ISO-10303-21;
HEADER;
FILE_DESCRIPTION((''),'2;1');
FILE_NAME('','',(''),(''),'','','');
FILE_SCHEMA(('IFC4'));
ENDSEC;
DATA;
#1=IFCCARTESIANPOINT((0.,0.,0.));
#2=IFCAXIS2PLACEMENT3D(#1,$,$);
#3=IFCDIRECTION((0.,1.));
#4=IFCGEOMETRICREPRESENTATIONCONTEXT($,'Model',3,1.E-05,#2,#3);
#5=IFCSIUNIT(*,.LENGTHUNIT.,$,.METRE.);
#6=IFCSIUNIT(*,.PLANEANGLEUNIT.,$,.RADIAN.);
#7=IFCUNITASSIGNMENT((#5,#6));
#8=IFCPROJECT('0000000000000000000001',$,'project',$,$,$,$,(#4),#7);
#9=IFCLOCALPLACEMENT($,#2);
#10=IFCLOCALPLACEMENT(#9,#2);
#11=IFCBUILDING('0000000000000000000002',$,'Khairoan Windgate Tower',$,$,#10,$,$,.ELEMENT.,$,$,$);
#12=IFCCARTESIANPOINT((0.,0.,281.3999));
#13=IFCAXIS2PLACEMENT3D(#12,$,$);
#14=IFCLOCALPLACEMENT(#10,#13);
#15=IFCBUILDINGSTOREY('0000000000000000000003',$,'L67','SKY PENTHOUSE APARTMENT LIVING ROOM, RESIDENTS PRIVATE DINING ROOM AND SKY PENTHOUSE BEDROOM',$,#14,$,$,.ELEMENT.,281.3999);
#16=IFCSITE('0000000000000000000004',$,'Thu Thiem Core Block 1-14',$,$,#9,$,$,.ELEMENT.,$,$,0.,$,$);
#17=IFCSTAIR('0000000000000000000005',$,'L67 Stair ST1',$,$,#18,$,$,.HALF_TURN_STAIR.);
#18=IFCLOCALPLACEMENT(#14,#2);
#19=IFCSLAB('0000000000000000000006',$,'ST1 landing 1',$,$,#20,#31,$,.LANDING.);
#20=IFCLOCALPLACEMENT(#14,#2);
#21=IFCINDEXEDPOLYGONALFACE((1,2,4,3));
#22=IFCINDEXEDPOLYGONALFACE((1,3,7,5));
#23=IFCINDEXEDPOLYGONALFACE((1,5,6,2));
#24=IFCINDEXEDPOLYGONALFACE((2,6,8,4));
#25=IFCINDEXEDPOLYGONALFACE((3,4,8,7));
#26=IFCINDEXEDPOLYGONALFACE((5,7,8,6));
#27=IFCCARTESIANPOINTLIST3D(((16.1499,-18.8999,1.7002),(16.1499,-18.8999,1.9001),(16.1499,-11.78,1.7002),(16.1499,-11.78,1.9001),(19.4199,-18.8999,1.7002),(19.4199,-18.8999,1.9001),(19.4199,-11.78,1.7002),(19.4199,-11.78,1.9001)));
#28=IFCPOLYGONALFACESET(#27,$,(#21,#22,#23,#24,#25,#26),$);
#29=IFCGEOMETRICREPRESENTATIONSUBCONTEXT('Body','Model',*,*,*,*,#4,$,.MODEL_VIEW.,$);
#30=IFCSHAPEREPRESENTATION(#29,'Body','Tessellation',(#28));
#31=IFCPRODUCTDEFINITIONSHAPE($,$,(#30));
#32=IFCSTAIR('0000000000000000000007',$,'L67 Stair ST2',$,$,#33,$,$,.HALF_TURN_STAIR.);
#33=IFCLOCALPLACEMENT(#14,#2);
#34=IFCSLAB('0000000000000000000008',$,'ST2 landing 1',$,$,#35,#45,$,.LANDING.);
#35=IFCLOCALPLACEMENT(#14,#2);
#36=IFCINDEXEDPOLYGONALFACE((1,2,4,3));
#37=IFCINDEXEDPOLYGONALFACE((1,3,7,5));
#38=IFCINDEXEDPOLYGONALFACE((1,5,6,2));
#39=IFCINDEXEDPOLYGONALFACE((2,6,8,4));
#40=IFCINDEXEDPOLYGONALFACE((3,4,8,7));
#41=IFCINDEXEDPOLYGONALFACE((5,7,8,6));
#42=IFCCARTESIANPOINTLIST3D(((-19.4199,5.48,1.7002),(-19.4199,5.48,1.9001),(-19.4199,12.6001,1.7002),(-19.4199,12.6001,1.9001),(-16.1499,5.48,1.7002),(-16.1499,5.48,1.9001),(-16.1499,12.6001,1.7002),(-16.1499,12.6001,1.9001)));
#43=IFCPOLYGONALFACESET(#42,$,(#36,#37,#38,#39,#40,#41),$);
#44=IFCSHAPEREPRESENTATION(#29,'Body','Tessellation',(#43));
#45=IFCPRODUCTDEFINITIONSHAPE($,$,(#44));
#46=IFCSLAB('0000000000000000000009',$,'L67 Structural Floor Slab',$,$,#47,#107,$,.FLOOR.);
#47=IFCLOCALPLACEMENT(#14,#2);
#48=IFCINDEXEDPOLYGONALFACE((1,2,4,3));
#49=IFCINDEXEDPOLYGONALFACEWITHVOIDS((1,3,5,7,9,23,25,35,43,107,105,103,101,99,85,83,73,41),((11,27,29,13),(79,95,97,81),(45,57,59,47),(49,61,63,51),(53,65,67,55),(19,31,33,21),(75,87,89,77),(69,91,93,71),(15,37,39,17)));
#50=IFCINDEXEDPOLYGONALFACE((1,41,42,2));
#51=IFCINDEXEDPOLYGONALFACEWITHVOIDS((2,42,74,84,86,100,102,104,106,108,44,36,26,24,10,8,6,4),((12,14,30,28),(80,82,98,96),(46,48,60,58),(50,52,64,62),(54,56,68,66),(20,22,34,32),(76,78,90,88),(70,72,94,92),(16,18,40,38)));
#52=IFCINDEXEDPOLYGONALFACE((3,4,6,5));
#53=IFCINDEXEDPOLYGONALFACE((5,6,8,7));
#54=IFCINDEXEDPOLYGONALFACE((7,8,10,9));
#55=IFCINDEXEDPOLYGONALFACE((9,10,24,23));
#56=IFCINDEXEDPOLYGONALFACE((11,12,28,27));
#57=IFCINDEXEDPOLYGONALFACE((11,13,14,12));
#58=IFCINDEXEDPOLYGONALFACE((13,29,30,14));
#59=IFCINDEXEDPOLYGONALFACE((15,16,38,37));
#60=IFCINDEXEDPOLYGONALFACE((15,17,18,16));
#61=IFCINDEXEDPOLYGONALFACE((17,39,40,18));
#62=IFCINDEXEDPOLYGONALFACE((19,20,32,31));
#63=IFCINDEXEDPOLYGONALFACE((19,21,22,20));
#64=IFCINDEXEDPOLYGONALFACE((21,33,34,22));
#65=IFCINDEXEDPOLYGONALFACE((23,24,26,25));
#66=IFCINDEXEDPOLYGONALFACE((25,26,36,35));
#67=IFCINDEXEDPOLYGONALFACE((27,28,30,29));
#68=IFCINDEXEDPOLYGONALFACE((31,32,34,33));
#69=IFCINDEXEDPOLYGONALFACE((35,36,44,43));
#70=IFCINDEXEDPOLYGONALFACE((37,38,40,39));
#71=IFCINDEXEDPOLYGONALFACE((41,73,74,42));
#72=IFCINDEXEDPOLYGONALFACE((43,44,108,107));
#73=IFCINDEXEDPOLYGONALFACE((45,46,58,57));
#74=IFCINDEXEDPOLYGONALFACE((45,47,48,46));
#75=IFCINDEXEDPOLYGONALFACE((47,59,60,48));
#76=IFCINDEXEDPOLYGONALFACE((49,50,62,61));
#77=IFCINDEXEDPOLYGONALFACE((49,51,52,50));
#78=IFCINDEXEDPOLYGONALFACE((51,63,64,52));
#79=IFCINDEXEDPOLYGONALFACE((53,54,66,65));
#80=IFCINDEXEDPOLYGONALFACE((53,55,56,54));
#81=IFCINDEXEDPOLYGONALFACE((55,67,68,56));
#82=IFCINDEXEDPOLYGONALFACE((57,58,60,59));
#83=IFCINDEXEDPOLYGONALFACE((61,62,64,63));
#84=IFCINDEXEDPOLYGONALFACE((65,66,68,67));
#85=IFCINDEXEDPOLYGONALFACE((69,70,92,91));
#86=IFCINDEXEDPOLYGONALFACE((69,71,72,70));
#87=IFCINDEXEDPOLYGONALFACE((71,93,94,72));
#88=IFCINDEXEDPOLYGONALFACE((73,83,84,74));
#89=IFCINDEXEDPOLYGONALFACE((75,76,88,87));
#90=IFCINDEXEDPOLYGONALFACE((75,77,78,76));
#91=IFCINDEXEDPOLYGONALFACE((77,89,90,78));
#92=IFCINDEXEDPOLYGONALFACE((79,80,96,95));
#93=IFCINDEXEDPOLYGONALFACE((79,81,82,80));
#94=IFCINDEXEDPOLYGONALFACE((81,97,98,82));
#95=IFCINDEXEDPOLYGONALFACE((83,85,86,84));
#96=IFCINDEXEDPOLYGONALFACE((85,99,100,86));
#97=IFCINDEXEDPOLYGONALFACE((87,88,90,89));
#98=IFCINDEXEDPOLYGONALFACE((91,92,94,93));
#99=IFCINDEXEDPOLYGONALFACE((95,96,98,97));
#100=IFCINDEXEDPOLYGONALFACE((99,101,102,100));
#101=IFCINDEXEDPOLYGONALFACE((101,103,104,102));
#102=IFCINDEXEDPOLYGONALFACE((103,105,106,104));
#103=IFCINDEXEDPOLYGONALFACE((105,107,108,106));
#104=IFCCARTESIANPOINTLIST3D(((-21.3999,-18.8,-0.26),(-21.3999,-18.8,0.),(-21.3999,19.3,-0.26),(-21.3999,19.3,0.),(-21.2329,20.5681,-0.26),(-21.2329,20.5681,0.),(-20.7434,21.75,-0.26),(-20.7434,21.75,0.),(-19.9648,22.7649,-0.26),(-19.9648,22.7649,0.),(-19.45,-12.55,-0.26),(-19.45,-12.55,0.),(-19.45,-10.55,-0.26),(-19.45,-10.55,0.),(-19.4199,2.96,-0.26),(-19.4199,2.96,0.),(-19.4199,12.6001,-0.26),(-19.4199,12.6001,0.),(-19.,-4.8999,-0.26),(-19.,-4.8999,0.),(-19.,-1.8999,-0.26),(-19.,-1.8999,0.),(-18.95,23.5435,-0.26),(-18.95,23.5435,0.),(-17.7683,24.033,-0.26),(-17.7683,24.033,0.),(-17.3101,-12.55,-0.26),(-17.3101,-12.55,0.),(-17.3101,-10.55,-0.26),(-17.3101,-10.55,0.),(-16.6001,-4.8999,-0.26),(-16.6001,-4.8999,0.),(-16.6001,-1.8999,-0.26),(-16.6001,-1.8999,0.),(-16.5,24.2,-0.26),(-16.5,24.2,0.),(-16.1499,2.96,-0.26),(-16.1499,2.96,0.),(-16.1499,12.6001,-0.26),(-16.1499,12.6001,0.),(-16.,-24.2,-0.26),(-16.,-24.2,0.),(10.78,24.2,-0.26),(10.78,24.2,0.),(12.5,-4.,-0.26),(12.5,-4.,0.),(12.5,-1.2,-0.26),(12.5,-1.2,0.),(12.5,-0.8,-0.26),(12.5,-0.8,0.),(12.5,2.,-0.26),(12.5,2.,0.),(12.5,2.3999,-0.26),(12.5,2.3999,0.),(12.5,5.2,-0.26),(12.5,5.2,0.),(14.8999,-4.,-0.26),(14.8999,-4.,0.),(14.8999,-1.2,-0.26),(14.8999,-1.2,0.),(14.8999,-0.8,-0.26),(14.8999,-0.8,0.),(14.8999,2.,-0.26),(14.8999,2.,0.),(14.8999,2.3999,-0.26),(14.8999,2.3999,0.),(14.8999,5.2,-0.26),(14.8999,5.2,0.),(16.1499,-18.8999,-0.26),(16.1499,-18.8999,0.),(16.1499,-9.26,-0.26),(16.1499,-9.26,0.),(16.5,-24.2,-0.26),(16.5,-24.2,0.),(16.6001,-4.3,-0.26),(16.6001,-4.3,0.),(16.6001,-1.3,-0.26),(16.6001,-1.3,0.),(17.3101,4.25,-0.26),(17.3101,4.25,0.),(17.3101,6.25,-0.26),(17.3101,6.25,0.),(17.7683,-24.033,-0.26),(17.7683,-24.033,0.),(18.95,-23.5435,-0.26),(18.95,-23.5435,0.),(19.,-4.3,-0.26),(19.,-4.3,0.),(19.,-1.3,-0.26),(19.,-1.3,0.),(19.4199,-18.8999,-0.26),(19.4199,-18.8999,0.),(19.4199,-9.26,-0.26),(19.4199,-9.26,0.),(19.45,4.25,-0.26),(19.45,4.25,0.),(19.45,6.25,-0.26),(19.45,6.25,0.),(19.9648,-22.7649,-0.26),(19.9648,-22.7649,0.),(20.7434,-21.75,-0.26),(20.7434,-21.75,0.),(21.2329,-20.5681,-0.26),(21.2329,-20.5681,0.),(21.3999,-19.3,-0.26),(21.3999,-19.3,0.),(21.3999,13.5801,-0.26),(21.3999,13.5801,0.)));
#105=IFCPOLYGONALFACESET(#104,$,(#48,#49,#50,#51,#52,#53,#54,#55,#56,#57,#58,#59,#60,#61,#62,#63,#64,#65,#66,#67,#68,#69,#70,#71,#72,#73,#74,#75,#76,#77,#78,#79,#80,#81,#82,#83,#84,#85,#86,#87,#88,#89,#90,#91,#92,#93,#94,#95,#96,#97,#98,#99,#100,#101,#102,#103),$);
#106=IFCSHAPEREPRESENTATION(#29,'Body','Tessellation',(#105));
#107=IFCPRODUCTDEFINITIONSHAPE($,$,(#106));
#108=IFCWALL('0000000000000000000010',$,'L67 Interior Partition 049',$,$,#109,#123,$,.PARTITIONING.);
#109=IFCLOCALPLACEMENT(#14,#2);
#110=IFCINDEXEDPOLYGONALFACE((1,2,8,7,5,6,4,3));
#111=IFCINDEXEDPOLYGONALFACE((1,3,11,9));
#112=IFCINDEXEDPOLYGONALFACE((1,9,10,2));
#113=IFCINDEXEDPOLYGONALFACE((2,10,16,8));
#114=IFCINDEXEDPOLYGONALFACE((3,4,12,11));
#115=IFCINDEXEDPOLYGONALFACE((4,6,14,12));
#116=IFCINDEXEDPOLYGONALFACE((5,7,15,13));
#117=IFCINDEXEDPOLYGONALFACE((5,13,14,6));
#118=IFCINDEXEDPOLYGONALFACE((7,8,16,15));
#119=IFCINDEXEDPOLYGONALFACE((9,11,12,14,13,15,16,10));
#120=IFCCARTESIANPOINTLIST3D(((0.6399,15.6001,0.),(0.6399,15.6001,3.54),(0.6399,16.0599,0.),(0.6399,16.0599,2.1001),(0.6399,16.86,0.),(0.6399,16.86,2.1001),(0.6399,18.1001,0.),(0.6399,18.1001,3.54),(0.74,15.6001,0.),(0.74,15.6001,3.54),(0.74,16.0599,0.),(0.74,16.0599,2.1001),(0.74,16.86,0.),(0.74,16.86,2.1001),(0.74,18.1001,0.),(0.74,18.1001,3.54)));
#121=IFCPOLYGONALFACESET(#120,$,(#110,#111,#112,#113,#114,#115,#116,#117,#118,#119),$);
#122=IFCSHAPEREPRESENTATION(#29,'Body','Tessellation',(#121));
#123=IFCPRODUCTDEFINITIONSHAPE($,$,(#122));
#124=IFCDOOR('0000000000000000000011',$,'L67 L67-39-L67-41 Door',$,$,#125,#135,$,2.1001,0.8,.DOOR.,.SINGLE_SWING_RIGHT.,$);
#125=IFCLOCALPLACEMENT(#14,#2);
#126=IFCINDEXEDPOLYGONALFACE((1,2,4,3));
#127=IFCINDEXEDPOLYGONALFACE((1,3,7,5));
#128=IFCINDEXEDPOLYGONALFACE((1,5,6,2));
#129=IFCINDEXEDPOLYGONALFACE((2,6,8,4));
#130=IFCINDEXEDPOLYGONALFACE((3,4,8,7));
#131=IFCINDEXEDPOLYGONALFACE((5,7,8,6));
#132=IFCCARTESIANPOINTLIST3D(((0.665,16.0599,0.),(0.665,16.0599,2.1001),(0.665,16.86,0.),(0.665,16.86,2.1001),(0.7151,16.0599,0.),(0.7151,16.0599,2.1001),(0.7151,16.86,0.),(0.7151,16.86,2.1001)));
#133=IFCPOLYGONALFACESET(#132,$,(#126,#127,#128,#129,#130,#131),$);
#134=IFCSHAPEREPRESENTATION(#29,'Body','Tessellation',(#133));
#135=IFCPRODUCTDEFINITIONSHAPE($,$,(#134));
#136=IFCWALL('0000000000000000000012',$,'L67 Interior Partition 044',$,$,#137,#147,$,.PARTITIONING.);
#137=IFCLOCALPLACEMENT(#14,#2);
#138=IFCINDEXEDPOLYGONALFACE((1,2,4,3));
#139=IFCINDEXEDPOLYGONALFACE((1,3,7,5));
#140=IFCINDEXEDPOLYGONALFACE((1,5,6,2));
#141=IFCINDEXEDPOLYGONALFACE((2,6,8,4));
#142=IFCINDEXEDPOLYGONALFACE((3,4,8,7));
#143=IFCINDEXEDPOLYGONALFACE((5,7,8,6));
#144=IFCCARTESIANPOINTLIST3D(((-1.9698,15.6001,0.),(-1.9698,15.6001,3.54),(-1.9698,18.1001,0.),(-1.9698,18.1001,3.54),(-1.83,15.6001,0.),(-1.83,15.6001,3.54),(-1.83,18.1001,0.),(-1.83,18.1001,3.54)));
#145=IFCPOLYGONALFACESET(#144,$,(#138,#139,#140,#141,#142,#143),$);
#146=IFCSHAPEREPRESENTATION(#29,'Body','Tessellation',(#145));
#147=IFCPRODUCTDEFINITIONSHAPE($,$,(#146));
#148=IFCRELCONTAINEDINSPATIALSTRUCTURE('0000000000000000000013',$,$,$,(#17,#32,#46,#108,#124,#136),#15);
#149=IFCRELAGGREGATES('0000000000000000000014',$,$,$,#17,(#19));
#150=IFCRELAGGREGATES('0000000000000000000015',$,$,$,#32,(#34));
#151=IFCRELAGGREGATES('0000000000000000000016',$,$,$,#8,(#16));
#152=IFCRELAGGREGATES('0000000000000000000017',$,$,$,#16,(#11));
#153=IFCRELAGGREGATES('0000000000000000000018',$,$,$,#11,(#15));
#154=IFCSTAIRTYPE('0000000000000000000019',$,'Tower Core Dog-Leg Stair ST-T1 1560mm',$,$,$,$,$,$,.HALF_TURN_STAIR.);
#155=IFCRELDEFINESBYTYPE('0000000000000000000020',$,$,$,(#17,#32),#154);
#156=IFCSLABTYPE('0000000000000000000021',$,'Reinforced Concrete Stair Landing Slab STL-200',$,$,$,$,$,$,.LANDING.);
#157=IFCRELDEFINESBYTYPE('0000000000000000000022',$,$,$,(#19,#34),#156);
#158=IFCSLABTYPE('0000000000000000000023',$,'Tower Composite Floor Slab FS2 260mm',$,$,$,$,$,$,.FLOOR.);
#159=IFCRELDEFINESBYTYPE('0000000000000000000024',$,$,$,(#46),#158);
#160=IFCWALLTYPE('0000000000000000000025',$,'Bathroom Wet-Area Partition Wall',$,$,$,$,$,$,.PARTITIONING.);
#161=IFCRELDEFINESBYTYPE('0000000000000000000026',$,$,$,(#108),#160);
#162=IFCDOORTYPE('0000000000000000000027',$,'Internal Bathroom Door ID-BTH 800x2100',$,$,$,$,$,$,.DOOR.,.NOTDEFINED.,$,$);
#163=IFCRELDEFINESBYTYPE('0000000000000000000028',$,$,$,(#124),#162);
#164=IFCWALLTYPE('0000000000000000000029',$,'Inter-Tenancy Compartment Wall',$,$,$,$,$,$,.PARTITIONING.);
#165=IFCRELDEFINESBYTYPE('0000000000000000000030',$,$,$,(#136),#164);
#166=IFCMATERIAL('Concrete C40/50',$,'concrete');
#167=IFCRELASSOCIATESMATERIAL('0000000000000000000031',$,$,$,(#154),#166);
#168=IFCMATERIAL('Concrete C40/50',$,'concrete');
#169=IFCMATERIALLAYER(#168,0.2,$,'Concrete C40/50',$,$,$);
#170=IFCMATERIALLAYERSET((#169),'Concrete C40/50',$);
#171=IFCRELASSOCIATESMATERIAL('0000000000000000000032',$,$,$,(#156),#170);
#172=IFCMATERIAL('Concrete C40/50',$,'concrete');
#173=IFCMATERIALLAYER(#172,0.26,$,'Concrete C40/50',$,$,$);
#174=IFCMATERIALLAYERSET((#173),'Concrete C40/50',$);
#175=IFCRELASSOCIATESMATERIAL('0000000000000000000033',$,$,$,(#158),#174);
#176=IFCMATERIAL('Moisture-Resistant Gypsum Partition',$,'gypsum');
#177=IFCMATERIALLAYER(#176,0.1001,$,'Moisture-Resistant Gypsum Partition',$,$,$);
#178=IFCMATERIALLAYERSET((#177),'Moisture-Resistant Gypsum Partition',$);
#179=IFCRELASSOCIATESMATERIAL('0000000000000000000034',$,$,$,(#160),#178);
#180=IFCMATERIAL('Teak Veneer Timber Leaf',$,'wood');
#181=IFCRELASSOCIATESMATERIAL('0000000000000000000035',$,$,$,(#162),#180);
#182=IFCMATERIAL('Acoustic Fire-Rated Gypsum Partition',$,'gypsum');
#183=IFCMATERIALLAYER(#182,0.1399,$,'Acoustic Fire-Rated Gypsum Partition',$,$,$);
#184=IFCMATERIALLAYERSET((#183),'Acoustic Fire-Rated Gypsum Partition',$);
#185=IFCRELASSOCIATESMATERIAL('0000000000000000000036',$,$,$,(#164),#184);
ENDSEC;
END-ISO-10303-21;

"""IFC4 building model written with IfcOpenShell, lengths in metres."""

from ifc_helpers import new_model, si_unit, direction, frame, frame_2d, origin, place, context, subcontext, project, spatial, polyline, rectangle, outline, extrude, material, layer, layer_set, type_object, element, fill, aggregate, save


model = new_model("IFC4")

# Units and contexts
model_context = context("Model", 3, precision=1e-05, world=origin(), true_north=direction((0.0, 1.0)))
body_context = subcontext(model_context, "Body", "Model", "MODEL_VIEW")
ifc_project = project(units=[si_unit("LENGTHUNIT", "METRE"), si_unit("PLANEANGLEUNIT", "RADIAN")], contexts=[model_context])

# Site, building, storey
site_placement = place(None, origin())
site = spatial("IfcSite", under=ifc_project, at=site_placement, Name="Thu Thiem Core Block 1-14", CompositionType="ELEMENT", RefElevation=0.0)
building_placement = place(site_placement, origin())
building = spatial("IfcBuilding", under=site, at=building_placement, Name="Khairoan Windgate Tower", CompositionType="ELEMENT")
storey_placement = place(building_placement, frame((0.0, 0.0, 281.3999)))
storey = spatial("IfcBuildingStorey", under=building, at=storey_placement, Name="L67", Description="SKY PENTHOUSE APARTMENT LIVING ROOM, RESIDENTS PRIVATE DINING ROOM AND SKY PENTHOUSE BEDROOM", CompositionType="ELEMENT", Elevation=281.3999)

# Stairs, slabs
ifc_material_1 = material(Name="Concrete C40/50", Category="concrete")
stair_type = type_object("IfcStairType", Name="Tower Core Dog-Leg Stair ST-T1 1560mm", PredefinedType="HALF_TURN_STAIR", material=ifc_material_1)
stair_1_placement = place(storey_placement, origin())
stair_1 = element("IfcStair", 1, at=stair_1_placement, inside=storey, type_object=stair_type, Name="L67 Stair ST1", PredefinedType="HALF_TURN_STAIR")
ifc_material_2 = material(Name="Concrete C40/50", Category="concrete")
ifc_layer_1 = layer(ifc_material_2, 0.2, Name="Concrete C40/50")
ifc_layer_set_1 = layer_set([ifc_layer_1], Name="Concrete C40/50")
slab_type_1 = type_object("IfcSlabType", Name="Reinforced Concrete Stair Landing Slab STL-200", PredefinedType="LANDING", material=ifc_layer_set_1)
slab_1_placement = place(storey_placement, frame((0.0, 0.0, 1.7002)))
slab_1 = element("IfcSlab", 2, at=slab_1_placement, type_object=slab_type_1, Name="ST1 landing 1", PredefinedType="LANDING", context=body_context, shape_type="SweptSolid", body=[
    extrude(outline(polyline([(16.1499, -11.78), (16.1499, -18.8999), (19.4199, -18.8999), (19.4199, -11.78), (16.1499, -11.78)])), origin(), (0.0, 0.0, 1.0), 0.2),
])
aggregate(stair_1, [slab_1])
stair_2_placement = place(storey_placement, origin())
stair_2 = element("IfcStair", 3, at=stair_2_placement, inside=storey, type_object=stair_type, Name="L67 Stair ST2", PredefinedType="HALF_TURN_STAIR")
slab_2_placement = place(storey_placement, frame((0.0, 0.0, 1.7002)))
slab_2 = element("IfcSlab", 4, at=slab_2_placement, type_object=slab_type_1, Name="ST2 landing 1", PredefinedType="LANDING", context=body_context, shape_type="SweptSolid", body=[
    extrude(outline(polyline([(-16.1499, 5.48), (-16.1499, 12.6001), (-19.4199, 12.6001), (-19.4199, 5.48), (-16.1499, 5.48)])), origin(), (0.0, 0.0, 1.0), 0.2),
])
aggregate(stair_2, [slab_2])

# Slab
ifc_material_3 = material(Name="Concrete C40/50", Category="concrete")
ifc_layer_2 = layer(ifc_material_3, 0.26, Name="Concrete C40/50")
ifc_layer_set_2 = layer_set([ifc_layer_2], Name="Concrete C40/50")
slab_type_2 = type_object("IfcSlabType", Name="Tower Composite Floor Slab FS2 260mm", PredefinedType="FLOOR", material=ifc_layer_set_2)
slab_3_placement = place(storey_placement, frame((0.0, 0.0, -0.26)))
element("IfcSlab", 5, at=slab_3_placement, inside=storey, type_object=slab_type_2, Name="L67 Structural Floor Slab", PredefinedType="FLOOR", context=body_context, shape_type="SweptSolid", body=[
    extrude(outline(polyline([(16.5, -24.2), (17.7683, -24.033), (18.95, -23.5435), (19.9648, -22.7649), (20.7434, -21.75), (21.2329, -20.5681), (21.3999, -19.3), (21.3999, 13.5801), (10.78, 24.2), (-16.5, 24.2), (-17.7683, 24.033), (-18.95, 23.5435), (-19.9648, 22.7649), (-20.7434, 21.75), (-21.2329, 20.5681), (-21.3999, 19.3), (-21.3999, -18.8), (-16.0, -24.2), (16.5, -24.2)]), holes=[polyline([(16.1499, -9.26), (16.1499, -18.8999), (19.4199, -18.8999), (19.4199, -9.26), (16.1499, -9.26)]), polyline([(-16.1499, 2.96), (-16.1499, 12.6001), (-19.4199, 12.6001), (-19.4199, 2.96), (-16.1499, 2.96)]), polyline([(12.5, 2.3999), (14.8999, 2.3999), (14.8999, 5.2), (12.5, 5.2), (12.5, 2.3999)]), polyline([(12.5, -0.8), (14.8999, -0.8), (14.8999, 2.0), (12.5, 2.0), (12.5, -0.8)]), polyline([(12.5, -4.0), (14.8999, -4.0), (14.8999, -1.2), (12.5, -1.2), (12.5, -4.0)]), polyline([(16.6001, -4.3), (19.0, -4.3), (19.0, -1.3), (16.6001, -1.3), (16.6001, -4.3)]), polyline([(-19.0, -4.8999), (-16.6001, -4.8999), (-16.6001, -1.8999), (-19.0, -1.8999), (-19.0, -4.8999)]), polyline([(-19.45, -12.55), (-17.3101, -12.55), (-17.3101, -10.55), (-19.45, -10.55), (-19.45, -12.55)]), polyline([(17.3101, 4.25), (19.45, 4.25), (19.45, 6.25), (17.3101, 6.25), (17.3101, 4.25)])]), origin(), (0.0, 0.0, 1.0), 0.26),
])

# Wall, opening, door
ifc_material_4 = material(Name="Moisture-Resistant Gypsum Partition", Category="gypsum")
ifc_layer_3 = layer(ifc_material_4, 0.1001, Name="Moisture-Resistant Gypsum Partition")
ifc_layer_set_3 = layer_set([ifc_layer_3], Name="Moisture-Resistant Gypsum Partition")
wall_type_1 = type_object("IfcWallType", Name="Bathroom Wet-Area Partition Wall", PredefinedType="PARTITIONING", material=ifc_layer_set_3)
wall_1_placement = place(storey_placement, frame((0.6899, 15.6001, 0.0), z_axis=(0.0, 0.0, 1.0), x_axis=(0.0, 1.0, 0.0)))
wall_1 = element("IfcWall", 6, at=wall_1_placement, inside=storey, type_object=wall_type_1, Name="L67 Interior Partition 049", PredefinedType="PARTITIONING", context=body_context, shape_type="SweptSolid", body=[
    extrude(rectangle(XDim=2.5, YDim=0.1001, at=frame_2d((1.25, 0.0))), origin(), (0.0, 0.0, 1.0), 3.54),
])
opening_1_placement = place(wall_1_placement, frame((0.46, 0.0, 0.0)))
opening_1 = element("IfcOpeningElement", 7, at=opening_1_placement, cuts=wall_1, PredefinedType="OPENING", context=body_context, shape_type="SweptSolid", body=[
    extrude(rectangle(XDim=0.8, YDim=2.1001, at=frame_2d((0.3999, 1.05))), frame((0.0, 0.0601, 0.0), z_axis=(0.0, -1.0, 0.0), x_axis=(1.0, 0.0, 0.0)), (0.0, 0.0, 1.0), 0.1201),
])
ifc_material_5 = material(Name="Teak Veneer Timber Leaf", Category="wood")
door_type_1 = type_object("IfcDoorType", Name="Internal Bathroom Door ID-BTH 800x2100", OperationType="NOTDEFINED", PredefinedType="DOOR", material=ifc_material_5)
door_1_placement = place(opening_1_placement, origin())
door_1 = element("IfcDoor", 8, at=door_1_placement, inside=storey, type_object=door_type_1, Name="L67 L67-39-L67-41 Door", OperationType="SINGLE_SWING_RIGHT", OverallHeight=2.1001, OverallWidth=0.8, PredefinedType="DOOR", context=body_context, shape_type="SweptSolid", body=[
    extrude(rectangle(XDim=0.8, YDim=2.1001, at=frame_2d((0.3999, 1.05))), frame((0.0, 0.0249, 0.0), z_axis=(0.0, -1.0, 0.0), x_axis=(1.0, 0.0, 0.0)), (0.0, 0.0, 1.0), 0.05),
])
fill(opening_1, door_1)

# Wall
ifc_material_6 = material(Name="Acoustic Fire-Rated Gypsum Partition", Category="gypsum")
ifc_layer_4 = layer(ifc_material_6, 0.1399, Name="Acoustic Fire-Rated Gypsum Partition")
ifc_layer_set_4 = layer_set([ifc_layer_4], Name="Acoustic Fire-Rated Gypsum Partition")
wall_type_2 = type_object("IfcWallType", Name="Inter-Tenancy Compartment Wall", PredefinedType="PARTITIONING", material=ifc_layer_set_4)
wall_2_placement = place(storey_placement, frame((-1.8999, 15.6001, 0.0), z_axis=(0.0, 0.0, 1.0), x_axis=(0.0, 1.0, 0.0)))
element("IfcWall", 9, at=wall_2_placement, inside=storey, type_object=wall_type_2, Name="L67 Interior Partition 044", PredefinedType="PARTITIONING", context=body_context, shape_type="SweptSolid", body=[
    extrude(rectangle(XDim=2.5, YDim=0.1399, at=frame_2d((1.25, 0.0))), origin(), (0.0, 0.0, 1.0), 3.54),
])

save(model, "model.ifc")
